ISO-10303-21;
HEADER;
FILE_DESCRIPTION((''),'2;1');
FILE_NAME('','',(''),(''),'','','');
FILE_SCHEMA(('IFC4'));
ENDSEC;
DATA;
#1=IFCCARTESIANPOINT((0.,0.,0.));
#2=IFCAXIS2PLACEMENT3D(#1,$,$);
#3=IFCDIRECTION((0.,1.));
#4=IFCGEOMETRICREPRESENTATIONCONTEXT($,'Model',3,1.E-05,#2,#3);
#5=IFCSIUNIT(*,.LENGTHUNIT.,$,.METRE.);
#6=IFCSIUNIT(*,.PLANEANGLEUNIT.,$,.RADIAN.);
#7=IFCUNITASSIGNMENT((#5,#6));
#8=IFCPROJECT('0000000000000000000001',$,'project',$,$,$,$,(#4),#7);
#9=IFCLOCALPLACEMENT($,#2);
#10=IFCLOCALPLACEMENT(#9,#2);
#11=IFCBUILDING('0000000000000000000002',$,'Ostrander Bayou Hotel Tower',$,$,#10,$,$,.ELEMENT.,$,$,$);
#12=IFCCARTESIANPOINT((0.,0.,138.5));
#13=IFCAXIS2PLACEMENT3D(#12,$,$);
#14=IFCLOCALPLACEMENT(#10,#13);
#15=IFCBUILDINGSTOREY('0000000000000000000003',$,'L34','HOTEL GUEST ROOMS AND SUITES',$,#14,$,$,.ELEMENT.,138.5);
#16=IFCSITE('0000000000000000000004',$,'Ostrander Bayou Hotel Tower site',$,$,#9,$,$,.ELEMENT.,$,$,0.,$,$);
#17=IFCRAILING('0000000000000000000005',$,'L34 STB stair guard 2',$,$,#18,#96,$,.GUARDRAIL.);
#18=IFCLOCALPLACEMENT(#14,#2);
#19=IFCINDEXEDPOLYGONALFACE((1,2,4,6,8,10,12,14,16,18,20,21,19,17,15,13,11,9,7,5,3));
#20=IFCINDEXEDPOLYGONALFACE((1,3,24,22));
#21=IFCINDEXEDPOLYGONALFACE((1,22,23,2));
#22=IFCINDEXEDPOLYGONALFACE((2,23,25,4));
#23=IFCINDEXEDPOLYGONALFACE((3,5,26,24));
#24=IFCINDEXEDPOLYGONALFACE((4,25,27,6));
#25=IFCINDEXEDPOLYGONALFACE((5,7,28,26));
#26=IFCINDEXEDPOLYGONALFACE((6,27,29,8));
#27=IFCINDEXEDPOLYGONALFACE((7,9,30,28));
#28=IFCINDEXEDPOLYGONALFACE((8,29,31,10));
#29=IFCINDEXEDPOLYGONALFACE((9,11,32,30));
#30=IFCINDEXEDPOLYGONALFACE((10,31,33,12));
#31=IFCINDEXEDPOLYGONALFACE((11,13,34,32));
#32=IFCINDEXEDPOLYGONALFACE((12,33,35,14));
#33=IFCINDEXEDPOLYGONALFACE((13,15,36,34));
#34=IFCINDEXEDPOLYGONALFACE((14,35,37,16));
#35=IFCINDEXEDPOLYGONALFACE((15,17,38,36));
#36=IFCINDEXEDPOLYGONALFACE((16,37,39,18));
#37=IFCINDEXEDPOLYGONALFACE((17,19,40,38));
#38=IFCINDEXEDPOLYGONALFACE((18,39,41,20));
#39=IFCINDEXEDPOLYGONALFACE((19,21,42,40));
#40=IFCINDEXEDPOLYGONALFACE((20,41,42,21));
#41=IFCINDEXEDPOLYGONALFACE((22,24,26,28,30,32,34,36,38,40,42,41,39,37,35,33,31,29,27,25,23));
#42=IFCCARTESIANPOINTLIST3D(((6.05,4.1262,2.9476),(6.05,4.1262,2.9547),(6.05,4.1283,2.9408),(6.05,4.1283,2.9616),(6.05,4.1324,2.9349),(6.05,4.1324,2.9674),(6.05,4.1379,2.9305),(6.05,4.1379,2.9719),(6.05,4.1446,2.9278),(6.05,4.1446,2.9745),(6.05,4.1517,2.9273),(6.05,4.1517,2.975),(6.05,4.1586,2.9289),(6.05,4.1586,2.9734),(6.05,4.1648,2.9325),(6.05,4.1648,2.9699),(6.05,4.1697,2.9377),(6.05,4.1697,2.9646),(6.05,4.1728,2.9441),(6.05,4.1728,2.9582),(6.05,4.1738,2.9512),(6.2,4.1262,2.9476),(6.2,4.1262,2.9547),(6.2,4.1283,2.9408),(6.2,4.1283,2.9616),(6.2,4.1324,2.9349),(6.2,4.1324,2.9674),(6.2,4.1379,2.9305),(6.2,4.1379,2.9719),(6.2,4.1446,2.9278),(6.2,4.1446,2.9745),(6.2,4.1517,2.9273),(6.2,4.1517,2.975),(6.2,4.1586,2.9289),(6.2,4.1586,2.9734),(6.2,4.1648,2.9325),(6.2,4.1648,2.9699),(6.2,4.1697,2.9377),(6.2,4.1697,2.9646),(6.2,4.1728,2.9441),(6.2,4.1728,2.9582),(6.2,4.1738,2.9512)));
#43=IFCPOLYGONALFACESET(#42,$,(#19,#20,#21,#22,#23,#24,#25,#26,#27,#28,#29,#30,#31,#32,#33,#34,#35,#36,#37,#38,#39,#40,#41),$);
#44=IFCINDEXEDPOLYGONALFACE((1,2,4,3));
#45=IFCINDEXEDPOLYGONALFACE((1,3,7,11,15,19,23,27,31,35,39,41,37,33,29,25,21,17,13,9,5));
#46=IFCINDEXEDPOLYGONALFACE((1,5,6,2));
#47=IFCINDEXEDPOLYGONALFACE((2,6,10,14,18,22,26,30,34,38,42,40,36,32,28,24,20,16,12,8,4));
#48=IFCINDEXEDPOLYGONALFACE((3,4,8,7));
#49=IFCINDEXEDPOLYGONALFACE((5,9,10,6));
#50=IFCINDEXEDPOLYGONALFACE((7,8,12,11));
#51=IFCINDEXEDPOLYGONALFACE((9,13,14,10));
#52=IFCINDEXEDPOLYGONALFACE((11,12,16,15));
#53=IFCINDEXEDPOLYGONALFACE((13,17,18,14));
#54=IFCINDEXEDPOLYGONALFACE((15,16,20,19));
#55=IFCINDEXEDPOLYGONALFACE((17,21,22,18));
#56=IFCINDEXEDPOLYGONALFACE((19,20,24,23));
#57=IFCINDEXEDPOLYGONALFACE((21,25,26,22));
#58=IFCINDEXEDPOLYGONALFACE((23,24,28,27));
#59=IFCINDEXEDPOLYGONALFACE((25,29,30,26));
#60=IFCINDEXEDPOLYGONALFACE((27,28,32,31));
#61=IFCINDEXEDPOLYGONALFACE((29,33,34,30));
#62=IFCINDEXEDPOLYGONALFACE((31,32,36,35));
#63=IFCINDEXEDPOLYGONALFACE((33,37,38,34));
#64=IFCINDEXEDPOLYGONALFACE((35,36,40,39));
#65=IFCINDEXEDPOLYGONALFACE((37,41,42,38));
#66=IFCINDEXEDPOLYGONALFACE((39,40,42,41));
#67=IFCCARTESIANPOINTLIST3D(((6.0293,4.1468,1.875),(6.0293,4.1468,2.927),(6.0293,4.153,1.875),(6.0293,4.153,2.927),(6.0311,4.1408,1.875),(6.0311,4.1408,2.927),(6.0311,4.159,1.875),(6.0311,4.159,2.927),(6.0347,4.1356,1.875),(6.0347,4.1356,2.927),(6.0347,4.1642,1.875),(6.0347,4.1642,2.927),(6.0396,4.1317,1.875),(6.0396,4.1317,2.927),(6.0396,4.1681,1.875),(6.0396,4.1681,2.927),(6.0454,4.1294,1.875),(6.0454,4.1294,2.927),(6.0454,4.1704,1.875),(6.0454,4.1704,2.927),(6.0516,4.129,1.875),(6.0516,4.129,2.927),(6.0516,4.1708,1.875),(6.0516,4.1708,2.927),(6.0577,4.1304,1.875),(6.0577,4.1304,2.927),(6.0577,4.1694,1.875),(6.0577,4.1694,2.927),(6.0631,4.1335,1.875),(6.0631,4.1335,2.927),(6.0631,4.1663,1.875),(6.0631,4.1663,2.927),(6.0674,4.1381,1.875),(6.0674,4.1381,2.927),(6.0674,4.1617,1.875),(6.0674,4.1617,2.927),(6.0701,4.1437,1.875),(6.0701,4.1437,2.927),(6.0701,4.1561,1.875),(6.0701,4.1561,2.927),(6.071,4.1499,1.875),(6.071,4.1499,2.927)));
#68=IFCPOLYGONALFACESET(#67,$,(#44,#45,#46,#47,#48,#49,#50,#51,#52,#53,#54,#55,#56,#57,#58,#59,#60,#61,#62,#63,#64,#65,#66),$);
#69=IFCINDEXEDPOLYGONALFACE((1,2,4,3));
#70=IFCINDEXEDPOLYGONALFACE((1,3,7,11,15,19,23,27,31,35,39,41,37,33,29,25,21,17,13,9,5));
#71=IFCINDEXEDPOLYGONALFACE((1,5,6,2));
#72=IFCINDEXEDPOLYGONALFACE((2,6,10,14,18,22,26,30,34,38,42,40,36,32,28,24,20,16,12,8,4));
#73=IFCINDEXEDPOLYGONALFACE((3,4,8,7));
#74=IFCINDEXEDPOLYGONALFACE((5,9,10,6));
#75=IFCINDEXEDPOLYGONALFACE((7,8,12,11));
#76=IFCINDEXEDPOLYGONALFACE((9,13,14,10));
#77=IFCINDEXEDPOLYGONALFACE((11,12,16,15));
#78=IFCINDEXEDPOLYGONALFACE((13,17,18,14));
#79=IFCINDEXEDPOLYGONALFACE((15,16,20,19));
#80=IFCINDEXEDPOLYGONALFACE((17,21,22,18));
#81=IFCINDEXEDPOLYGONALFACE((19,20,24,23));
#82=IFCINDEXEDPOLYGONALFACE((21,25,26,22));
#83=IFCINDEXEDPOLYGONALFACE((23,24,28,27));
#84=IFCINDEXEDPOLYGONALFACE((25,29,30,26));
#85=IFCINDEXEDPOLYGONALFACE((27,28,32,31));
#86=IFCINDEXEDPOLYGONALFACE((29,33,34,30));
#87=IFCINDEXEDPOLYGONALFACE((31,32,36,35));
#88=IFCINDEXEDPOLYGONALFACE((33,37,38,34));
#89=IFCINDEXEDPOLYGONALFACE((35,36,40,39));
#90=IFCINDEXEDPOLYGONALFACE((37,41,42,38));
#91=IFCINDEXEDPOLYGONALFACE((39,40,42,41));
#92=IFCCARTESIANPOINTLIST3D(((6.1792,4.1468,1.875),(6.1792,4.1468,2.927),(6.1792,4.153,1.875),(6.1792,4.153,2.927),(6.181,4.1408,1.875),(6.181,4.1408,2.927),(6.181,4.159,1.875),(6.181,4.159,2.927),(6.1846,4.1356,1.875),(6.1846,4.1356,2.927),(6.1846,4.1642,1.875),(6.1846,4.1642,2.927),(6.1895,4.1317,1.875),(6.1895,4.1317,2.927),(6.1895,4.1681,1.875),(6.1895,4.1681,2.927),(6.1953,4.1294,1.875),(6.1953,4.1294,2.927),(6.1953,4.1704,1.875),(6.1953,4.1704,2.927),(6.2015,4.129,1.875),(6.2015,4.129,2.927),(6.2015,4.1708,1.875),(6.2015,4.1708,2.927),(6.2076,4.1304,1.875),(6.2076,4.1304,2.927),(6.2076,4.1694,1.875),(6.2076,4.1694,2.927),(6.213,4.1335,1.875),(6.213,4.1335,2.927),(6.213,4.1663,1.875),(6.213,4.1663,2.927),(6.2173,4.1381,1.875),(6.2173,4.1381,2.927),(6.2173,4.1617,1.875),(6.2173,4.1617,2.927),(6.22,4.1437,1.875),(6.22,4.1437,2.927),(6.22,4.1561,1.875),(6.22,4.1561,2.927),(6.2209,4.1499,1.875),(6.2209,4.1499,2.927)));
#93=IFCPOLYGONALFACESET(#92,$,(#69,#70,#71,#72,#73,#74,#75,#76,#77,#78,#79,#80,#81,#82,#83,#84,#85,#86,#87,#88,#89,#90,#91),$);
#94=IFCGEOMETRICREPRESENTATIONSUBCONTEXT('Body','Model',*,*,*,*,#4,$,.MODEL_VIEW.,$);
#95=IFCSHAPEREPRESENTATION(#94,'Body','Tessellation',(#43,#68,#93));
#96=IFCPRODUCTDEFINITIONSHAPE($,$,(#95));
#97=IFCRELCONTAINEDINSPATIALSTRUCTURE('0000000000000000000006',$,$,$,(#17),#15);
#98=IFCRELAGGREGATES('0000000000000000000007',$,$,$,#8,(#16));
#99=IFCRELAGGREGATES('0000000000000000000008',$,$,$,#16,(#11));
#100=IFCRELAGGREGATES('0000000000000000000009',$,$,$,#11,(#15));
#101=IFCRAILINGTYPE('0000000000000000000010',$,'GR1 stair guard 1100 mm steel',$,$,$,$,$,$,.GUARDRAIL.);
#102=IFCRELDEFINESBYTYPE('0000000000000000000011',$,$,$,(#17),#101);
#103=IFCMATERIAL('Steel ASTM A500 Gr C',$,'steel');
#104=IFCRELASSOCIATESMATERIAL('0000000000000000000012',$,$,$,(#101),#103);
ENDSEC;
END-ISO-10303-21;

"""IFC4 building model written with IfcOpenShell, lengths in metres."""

from ifc_helpers import new_model, si_unit, direction, frame, origin, origin_2d, place, context, subcontext, project, spatial, circle, extrude, material, type_object, element, save


model = new_model("IFC4")

# Units and contexts
model_context = context("Model", 3, precision=1e-05, world=origin(), true_north=direction((0.0, 1.0)))
body_context = subcontext(model_context, "Body", "Model", "MODEL_VIEW")
ifc_project = project(units=[si_unit("LENGTHUNIT", "METRE"), si_unit("PLANEANGLEUNIT", "RADIAN")], contexts=[model_context])

# Site, building, storey
site_placement = place(None, origin())
site = spatial("IfcSite", under=ifc_project, at=site_placement, Name="Ostrander Bayou Hotel Tower site", CompositionType="ELEMENT", RefElevation=0.0)
building_placement = place(site_placement, origin())
building = spatial("IfcBuilding", under=site, at=building_placement, Name="Ostrander Bayou Hotel Tower", CompositionType="ELEMENT")
storey_placement = place(building_placement, frame((0.0, 0.0, 138.5)))
storey = spatial("IfcBuildingStorey", under=building, at=storey_placement, Name="L34", Description="HOTEL GUEST ROOMS AND SUITES", CompositionType="ELEMENT", Elevation=138.5)

# Railing
ifc_material_1 = material(Name="Steel ASTM A500 Gr C", Category="steel")
railing_type_1 = type_object("IfcRailingType", Name="GR1 stair guard 1100 mm steel", PredefinedType="GUARDRAIL", material=ifc_material_1)
railing_1_placement = place(storey_placement, frame((6.05, 4.1499, 1.875)))
element("IfcRailing", 1, at=railing_1_placement, inside=storey, type_object=railing_type_1, Name="L34 STB stair guard 2", PredefinedType="GUARDRAIL", context=body_context, shape_type="SweptSolid", body=[
    extrude(circle(Radius=0.0239, at=origin_2d()), frame((0.0, 0.0, 1.0762), z_axis=(1.0, 0.0, 0.0), x_axis=(0.0, 1.0, 0.0)), (0.0, 0.0, 1.0), 0.1499),
    extrude(circle(Radius=0.021, at=origin_2d()), origin(), (0.0, 0.0, 1.0), 1.052),
    extrude(circle(Radius=0.021, at=origin_2d()), frame((0.1499, 0.0, 0.0)), (0.0, 0.0, 1.0), 1.052),
])

save(model, "model.ifc")
